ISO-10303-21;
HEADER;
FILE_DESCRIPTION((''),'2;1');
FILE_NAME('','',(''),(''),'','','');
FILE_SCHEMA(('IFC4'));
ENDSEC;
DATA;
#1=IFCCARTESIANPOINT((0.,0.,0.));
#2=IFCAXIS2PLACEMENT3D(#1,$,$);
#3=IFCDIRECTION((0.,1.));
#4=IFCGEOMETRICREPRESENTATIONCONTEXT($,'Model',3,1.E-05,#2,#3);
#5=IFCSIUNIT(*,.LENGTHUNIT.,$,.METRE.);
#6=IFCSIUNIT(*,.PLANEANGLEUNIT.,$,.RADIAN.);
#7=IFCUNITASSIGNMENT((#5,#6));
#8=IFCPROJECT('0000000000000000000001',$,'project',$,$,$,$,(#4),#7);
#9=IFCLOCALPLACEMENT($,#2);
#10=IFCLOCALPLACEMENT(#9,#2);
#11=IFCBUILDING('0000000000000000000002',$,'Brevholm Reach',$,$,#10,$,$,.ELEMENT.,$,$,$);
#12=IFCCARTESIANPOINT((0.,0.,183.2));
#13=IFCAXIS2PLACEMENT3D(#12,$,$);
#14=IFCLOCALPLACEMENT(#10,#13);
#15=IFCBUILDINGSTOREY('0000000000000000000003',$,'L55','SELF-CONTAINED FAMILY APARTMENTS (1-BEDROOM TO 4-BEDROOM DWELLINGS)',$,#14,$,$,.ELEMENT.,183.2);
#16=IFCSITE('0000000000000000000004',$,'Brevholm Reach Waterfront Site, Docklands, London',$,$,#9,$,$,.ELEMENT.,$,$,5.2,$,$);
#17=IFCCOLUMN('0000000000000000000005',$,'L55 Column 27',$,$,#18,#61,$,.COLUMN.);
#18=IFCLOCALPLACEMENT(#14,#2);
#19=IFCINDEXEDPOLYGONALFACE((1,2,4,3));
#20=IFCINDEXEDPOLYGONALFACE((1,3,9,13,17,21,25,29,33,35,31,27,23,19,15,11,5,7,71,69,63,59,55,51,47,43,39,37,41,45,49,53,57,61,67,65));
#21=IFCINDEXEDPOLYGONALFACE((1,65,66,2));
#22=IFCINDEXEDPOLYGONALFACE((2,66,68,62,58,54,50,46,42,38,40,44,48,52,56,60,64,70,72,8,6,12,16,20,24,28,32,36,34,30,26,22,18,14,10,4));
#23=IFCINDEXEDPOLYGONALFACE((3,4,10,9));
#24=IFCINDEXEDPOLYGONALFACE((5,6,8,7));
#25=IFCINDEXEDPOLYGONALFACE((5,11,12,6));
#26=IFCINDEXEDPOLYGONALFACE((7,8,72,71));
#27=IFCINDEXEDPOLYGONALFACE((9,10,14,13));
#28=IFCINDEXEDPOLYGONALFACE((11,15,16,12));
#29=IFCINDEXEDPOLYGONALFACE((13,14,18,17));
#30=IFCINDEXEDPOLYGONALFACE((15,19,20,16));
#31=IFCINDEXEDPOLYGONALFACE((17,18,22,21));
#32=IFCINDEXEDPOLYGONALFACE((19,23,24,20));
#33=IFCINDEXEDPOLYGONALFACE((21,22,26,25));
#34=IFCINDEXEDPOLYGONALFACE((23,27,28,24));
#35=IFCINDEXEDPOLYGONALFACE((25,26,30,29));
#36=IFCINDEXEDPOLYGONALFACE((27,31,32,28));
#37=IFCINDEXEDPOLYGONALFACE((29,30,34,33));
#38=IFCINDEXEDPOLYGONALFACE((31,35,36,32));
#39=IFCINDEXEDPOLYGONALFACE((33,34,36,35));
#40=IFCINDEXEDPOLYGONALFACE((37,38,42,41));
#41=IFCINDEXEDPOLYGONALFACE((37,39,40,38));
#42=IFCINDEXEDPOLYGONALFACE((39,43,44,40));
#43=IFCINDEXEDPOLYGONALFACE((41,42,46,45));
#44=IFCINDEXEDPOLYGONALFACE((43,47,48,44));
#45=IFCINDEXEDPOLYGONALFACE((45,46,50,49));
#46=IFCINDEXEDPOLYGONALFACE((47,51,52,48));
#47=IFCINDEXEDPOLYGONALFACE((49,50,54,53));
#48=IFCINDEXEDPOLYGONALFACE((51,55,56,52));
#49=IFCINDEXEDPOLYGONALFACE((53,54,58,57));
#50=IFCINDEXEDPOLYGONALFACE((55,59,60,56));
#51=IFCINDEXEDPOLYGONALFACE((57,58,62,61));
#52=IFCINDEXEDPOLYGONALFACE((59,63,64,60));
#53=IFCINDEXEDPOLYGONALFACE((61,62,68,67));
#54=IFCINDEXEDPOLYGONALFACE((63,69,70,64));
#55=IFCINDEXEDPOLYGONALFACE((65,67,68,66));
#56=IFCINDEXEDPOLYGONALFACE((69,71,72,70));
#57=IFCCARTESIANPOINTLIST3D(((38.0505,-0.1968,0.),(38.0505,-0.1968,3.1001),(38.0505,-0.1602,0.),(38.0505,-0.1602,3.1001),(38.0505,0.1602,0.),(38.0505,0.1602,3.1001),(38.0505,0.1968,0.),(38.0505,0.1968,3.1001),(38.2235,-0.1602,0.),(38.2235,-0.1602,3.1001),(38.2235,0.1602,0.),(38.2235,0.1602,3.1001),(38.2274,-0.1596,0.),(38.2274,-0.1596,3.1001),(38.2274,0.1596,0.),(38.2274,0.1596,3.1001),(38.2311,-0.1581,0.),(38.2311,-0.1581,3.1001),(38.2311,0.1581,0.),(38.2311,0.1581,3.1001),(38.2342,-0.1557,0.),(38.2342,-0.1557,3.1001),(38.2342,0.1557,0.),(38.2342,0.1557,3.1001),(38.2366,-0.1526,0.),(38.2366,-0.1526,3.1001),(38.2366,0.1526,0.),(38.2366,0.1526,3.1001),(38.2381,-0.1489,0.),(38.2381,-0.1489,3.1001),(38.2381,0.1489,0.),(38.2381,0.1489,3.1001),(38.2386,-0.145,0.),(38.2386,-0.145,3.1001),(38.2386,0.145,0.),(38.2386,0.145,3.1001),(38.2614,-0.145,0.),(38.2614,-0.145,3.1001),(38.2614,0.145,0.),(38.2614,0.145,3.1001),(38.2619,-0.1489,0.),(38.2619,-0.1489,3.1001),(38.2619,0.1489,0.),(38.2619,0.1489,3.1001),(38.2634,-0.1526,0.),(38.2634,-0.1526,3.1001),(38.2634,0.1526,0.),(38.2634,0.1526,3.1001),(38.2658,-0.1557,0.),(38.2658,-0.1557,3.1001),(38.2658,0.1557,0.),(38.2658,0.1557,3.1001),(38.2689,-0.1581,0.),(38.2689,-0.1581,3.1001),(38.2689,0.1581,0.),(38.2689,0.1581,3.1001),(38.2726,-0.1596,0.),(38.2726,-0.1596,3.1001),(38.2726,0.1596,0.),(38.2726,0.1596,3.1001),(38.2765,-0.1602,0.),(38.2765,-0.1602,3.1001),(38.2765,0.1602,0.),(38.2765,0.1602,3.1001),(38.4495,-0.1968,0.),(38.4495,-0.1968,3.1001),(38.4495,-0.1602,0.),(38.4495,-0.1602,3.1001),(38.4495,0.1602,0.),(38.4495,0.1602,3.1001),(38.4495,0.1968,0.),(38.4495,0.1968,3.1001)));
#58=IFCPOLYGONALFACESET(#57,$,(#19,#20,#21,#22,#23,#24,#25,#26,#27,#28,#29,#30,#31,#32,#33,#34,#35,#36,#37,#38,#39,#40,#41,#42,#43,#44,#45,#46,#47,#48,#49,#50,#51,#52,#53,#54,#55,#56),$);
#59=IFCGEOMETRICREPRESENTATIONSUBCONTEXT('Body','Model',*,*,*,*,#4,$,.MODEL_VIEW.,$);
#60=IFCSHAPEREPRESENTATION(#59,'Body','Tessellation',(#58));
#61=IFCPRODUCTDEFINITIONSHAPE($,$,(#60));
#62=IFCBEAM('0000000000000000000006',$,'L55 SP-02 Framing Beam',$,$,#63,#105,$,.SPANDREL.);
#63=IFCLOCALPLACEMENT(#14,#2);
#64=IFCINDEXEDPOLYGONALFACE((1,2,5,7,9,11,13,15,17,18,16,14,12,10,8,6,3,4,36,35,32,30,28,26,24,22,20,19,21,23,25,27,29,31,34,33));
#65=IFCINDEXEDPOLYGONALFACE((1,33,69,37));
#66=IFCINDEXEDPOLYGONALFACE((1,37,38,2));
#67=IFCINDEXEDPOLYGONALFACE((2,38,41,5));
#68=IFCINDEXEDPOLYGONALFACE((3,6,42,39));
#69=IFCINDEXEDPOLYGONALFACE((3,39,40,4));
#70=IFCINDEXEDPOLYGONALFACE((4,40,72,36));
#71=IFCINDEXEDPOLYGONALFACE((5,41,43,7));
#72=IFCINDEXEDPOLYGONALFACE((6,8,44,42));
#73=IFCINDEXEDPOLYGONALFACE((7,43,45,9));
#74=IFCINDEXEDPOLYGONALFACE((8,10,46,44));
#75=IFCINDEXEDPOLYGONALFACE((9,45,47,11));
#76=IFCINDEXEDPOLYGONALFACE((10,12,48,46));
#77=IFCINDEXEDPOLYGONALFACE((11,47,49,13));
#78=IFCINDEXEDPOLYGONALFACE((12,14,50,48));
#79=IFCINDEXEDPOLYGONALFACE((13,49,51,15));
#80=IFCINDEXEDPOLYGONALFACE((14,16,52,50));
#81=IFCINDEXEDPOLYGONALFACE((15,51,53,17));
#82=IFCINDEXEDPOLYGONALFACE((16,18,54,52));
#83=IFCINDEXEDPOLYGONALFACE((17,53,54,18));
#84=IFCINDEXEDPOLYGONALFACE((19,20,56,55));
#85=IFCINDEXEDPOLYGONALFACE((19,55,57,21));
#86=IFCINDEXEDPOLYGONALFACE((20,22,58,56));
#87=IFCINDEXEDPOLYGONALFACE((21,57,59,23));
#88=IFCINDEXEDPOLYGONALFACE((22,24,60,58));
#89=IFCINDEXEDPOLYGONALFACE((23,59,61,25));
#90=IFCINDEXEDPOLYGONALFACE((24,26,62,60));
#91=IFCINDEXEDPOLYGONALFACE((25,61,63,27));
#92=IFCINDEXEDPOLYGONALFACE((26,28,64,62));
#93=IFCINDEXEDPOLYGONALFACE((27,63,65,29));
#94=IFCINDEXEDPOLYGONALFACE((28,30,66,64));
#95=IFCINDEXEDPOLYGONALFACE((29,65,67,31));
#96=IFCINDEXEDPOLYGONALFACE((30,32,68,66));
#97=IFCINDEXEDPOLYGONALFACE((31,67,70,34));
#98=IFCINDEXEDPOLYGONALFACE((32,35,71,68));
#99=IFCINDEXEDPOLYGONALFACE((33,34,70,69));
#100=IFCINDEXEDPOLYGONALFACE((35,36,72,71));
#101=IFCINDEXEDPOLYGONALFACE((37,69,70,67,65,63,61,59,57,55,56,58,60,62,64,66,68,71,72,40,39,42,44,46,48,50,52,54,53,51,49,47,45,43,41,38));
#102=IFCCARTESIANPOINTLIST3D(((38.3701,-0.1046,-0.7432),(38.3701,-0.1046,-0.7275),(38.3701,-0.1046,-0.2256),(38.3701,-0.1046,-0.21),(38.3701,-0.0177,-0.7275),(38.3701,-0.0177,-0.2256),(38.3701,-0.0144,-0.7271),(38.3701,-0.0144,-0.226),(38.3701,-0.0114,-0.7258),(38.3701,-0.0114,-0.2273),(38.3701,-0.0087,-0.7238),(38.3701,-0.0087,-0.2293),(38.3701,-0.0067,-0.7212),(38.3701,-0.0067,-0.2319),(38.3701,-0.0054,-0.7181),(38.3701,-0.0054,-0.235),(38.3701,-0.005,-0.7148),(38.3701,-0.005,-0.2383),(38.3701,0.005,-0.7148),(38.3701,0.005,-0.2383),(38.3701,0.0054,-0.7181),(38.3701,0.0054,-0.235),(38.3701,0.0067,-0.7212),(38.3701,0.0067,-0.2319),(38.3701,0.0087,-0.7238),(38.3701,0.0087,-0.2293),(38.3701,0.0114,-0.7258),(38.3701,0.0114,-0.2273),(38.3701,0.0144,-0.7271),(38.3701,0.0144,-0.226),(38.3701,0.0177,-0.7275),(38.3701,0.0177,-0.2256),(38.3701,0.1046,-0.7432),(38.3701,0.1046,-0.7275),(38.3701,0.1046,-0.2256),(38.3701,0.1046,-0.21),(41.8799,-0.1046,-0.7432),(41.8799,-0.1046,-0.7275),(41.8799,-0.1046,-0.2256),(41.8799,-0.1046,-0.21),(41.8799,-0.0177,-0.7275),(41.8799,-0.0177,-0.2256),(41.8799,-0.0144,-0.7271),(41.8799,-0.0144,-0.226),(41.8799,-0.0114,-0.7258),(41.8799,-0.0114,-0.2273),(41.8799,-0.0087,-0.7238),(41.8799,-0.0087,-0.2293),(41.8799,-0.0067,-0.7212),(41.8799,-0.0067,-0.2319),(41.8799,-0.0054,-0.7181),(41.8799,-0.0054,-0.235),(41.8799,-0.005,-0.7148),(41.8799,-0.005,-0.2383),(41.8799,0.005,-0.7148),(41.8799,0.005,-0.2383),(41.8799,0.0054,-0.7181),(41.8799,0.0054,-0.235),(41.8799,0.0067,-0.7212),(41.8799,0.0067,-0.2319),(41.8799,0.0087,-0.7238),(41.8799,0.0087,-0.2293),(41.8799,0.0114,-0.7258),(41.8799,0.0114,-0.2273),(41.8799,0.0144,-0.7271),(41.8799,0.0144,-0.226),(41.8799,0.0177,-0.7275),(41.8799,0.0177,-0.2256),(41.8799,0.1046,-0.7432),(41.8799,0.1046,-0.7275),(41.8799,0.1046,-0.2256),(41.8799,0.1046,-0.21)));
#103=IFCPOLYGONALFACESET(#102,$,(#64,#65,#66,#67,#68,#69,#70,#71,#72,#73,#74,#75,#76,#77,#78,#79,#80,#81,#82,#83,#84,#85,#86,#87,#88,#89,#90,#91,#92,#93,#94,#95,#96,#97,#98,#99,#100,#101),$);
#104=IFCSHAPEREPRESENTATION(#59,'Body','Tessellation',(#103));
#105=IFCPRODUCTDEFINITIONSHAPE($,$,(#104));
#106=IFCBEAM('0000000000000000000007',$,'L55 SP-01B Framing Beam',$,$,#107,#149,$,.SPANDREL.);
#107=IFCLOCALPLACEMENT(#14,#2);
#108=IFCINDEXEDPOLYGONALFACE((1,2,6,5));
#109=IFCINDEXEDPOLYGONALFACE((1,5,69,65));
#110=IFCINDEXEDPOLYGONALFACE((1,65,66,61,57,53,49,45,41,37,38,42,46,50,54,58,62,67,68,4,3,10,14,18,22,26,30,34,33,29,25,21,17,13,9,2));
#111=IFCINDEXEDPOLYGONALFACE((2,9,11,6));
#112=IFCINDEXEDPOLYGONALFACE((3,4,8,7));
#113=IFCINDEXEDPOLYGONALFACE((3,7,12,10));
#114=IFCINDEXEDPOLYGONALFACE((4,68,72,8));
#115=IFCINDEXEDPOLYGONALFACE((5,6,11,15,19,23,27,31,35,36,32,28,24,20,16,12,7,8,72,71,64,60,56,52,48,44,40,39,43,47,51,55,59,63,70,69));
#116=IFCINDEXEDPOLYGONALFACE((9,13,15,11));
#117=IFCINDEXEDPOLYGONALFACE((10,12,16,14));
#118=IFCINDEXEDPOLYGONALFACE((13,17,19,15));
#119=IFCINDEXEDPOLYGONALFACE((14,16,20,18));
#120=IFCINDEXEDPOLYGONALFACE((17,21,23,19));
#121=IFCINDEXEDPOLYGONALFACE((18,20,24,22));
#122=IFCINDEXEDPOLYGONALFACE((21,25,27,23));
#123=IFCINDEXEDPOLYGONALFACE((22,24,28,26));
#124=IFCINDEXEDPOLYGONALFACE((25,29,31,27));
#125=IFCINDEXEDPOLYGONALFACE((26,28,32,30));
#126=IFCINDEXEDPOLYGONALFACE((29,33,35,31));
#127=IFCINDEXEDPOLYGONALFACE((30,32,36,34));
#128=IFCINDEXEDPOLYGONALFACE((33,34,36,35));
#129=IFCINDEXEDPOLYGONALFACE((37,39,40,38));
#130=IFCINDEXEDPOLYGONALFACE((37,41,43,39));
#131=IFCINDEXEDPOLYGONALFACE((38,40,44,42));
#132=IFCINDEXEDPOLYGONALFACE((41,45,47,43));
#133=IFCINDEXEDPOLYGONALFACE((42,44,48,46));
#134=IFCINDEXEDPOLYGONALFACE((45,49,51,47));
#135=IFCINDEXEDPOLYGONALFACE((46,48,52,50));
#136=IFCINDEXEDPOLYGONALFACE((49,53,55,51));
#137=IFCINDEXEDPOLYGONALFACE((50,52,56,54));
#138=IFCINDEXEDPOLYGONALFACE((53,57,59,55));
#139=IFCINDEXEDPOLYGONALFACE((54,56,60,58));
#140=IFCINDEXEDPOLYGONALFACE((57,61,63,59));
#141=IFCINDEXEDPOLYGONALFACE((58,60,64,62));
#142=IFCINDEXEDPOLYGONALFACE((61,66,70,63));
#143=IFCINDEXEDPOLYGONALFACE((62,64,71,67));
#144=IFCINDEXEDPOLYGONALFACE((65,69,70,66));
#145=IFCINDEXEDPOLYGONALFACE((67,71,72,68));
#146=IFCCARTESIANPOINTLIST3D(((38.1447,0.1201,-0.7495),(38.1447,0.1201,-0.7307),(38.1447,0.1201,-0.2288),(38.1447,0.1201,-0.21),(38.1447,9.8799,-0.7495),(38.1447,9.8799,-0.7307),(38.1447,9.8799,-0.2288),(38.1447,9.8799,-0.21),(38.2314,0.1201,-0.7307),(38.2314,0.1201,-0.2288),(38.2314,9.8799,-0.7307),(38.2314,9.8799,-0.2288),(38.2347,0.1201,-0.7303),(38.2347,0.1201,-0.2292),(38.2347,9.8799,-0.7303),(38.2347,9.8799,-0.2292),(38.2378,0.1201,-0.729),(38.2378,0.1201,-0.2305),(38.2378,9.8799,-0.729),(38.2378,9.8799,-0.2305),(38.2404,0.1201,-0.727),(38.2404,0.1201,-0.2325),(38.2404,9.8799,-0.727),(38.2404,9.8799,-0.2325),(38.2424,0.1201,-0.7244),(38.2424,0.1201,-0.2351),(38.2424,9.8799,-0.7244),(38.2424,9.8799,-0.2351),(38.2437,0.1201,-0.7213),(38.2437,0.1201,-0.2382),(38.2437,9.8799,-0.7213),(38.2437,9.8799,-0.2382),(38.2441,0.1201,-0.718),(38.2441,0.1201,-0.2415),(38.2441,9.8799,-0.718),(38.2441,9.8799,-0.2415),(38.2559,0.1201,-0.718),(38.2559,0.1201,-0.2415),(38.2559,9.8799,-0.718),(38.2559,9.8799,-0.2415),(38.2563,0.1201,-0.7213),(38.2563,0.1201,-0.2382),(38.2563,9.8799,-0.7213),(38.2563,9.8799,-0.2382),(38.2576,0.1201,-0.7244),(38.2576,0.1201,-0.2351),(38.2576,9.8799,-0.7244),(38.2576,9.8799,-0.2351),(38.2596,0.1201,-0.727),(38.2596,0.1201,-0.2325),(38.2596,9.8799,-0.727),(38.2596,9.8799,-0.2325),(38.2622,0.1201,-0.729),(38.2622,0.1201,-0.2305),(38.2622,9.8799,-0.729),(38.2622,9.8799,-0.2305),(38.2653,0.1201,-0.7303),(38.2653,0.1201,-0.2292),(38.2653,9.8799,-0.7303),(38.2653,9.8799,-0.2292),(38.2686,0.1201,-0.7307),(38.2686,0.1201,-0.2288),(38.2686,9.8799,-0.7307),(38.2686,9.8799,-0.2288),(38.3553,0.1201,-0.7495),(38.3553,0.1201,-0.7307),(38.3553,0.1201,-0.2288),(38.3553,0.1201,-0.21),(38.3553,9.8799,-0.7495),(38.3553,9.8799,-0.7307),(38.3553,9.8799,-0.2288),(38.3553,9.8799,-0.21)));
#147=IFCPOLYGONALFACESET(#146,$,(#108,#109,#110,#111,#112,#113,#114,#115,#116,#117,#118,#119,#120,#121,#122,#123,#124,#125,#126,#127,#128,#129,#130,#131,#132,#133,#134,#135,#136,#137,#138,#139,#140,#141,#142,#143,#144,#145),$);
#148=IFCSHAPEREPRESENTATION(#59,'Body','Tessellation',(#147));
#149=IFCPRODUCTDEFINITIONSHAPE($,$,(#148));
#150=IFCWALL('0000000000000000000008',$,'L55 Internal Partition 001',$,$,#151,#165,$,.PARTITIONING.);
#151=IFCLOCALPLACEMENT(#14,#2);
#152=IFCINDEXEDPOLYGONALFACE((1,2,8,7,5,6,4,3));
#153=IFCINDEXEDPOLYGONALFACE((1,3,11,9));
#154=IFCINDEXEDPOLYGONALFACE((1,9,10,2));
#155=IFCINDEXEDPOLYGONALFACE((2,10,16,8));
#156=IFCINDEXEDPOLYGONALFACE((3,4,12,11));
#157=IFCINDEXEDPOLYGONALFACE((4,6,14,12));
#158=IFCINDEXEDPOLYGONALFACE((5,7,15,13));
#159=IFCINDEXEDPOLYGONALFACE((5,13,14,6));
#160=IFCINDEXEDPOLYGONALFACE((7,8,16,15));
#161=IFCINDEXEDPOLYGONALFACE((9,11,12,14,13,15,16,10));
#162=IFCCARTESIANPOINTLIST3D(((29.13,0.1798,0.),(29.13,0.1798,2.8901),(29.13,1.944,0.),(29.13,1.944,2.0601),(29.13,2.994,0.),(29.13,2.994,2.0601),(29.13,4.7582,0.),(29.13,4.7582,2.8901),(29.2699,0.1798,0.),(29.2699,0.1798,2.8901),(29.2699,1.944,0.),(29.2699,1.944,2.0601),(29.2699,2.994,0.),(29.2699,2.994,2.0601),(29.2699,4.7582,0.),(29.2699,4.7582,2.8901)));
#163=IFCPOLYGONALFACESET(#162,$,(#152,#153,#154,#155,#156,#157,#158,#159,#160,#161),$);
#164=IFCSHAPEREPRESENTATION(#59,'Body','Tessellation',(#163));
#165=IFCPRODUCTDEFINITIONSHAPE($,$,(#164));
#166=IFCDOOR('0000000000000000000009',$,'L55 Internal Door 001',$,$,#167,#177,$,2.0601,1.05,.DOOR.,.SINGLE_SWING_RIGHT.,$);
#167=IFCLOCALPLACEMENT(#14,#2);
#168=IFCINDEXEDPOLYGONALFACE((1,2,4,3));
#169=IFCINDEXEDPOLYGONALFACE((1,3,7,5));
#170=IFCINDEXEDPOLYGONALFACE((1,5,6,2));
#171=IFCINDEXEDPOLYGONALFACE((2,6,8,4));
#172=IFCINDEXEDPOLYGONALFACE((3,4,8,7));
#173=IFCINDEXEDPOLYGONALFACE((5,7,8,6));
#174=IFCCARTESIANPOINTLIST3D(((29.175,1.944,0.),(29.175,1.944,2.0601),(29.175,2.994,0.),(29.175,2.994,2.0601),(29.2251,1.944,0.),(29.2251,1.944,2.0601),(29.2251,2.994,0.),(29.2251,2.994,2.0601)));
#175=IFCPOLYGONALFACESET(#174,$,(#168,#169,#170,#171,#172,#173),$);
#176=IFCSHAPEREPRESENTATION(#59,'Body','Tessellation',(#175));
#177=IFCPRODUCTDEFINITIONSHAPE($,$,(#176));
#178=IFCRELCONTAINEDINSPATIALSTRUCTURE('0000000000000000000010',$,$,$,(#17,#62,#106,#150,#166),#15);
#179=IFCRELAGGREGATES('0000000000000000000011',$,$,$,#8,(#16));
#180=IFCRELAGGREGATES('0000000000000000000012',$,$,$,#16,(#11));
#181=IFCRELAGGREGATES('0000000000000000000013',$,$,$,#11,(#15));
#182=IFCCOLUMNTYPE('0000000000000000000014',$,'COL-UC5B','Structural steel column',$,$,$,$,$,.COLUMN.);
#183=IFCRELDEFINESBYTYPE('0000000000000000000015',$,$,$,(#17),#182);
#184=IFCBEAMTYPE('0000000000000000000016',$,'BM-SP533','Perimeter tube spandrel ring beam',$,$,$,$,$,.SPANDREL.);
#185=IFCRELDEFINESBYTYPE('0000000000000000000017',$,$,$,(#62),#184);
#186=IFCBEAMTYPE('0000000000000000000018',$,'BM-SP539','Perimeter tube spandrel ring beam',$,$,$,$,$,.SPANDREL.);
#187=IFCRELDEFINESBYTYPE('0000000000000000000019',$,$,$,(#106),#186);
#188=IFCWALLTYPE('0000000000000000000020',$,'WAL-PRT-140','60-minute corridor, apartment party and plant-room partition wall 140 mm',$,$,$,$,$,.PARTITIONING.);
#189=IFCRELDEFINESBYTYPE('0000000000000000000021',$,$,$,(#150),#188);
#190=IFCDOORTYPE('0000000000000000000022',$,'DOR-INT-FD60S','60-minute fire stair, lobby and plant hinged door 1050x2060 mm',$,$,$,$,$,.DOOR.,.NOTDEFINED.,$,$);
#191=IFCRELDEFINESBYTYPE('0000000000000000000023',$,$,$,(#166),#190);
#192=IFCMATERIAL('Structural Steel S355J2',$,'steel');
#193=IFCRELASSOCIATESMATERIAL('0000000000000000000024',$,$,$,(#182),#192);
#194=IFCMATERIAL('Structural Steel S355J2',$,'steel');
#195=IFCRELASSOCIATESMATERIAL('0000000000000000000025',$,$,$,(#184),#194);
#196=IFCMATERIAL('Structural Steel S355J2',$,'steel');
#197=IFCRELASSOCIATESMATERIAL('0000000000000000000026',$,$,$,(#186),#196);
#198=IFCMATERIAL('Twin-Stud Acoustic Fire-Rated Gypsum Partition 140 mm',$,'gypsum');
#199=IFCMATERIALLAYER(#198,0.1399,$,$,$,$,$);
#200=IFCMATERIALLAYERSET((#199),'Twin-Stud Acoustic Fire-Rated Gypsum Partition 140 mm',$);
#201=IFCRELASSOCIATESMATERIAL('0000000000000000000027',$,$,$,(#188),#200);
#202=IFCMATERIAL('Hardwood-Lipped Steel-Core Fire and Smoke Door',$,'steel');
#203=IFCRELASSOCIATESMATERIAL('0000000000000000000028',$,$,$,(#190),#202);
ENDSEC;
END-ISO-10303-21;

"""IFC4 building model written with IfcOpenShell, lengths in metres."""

from ifc_helpers import new_model, si_unit, direction, frame, frame_2d, origin, origin_2d, place, context, subcontext, project, spatial, rectangle, i_section, extrude, material, layer, layer_set, material_profile, profile_set, type_object, element, fill, save


model = new_model("IFC4")

# Units and contexts
model_context = context("Model", 3, precision=1e-05, world=origin(), true_north=direction((0.0, 1.0)))
body_context = subcontext(model_context, "Body", "Model", "MODEL_VIEW")
ifc_project = project(units=[si_unit("LENGTHUNIT", "METRE"), si_unit("PLANEANGLEUNIT", "RADIAN")], contexts=[model_context])

# Site, building, storey
site_placement = place(None, origin())
site = spatial("IfcSite", under=ifc_project, at=site_placement, Name="Brevholm Reach Waterfront Site, Docklands, London", CompositionType="ELEMENT", RefElevation=5.2)
building_placement = place(site_placement, origin())
building = spatial("IfcBuilding", under=site, at=building_placement, Name="Brevholm Reach", CompositionType="ELEMENT")
storey_placement = place(building_placement, frame((0.0, 0.0, 183.2)))
storey = spatial("IfcBuildingStorey", under=building, at=storey_placement, Name="L55", Description="SELF-CONTAINED FAMILY APARTMENTS (1-BEDROOM TO 4-BEDROOM DWELLINGS)", CompositionType="ELEMENT", Elevation=183.2)

# Column
ifc_material_1 = material(Name="Structural Steel S355J2", Category="steel")
ifc_material_profile_1 = material_profile(ifc_material_1, i_section(OverallWidth=0.3989, OverallDepth=0.3936, WebThickness=0.0227, FlangeThickness=0.0366, FilletRadius=0.0151, at=origin_2d()), Name="UKC 356x406x287")
ifc_profile_set_1 = profile_set([ifc_material_profile_1], Name="Structural Steel S355J2")
column_type = type_object("IfcColumnType", Name="COL-UC5B", Description="Structural steel column", PredefinedType="COLUMN", material=ifc_profile_set_1)
column_placement = place(storey_placement, frame((38.25, 0.0, 0.0), z_axis=(0.0, 0.0, 1.0), x_axis=(1.0, 0.0, 0.0)))
element("IfcColumn", 1, at=column_placement, inside=storey, type_object=column_type, Name="L55 Column 27", PredefinedType="COLUMN", context=body_context, shape_type="SweptSolid", body=[
    extrude(i_section(OverallWidth=0.3989, OverallDepth=0.3936, WebThickness=0.0227, FlangeThickness=0.0366, FilletRadius=0.0151, at=origin_2d()), origin(), (0.0, 0.0, 1.0), 3.1001),
])

# Beams
ifc_material_2 = material(Name="Structural Steel S355J2", Category="steel")
ifc_material_profile_2 = material_profile(ifc_material_2, i_section(OverallWidth=0.2092, OverallDepth=0.5332, WebThickness=0.01, FlangeThickness=0.0156, FilletRadius=0.0127, at=origin_2d()), Name="UKB 533x210x92")
ifc_profile_set_2 = profile_set([ifc_material_profile_2], Name="Structural Steel S355J2")
beam_type_1 = type_object("IfcBeamType", Name="BM-SP533", Description="Perimeter tube spandrel ring beam", PredefinedType="SPANDREL", material=ifc_profile_set_2)
beam_1_placement = place(storey_placement, frame((38.3701, 0.0, -0.4766), z_axis=(1.0, 0.0, 0.0), x_axis=(0.0, 1.0, 0.0)))
element("IfcBeam", 2, at=beam_1_placement, inside=storey, type_object=beam_type_1, Name="L55 SP-02 Framing Beam", PredefinedType="SPANDREL", context=body_context, shape_type="SweptSolid", body=[
    extrude(i_section(OverallWidth=0.2092, OverallDepth=0.5332, WebThickness=0.01, FlangeThickness=0.0156, FilletRadius=0.0127, at=origin_2d()), origin(), (0.0, 0.0, 1.0), 3.5098),
])
ifc_material_3 = material(Name="Structural Steel S355J2", Category="steel")
ifc_material_profile_3 = material_profile(ifc_material_3, i_section(OverallWidth=0.2107, OverallDepth=0.5396, WebThickness=0.0117, FlangeThickness=0.0188, FilletRadius=0.0127, at=origin_2d()), Name="UKB 533x210x109")
ifc_profile_set_3 = profile_set([ifc_material_profile_3], Name="Structural Steel S355J2")
beam_type_2 = type_object("IfcBeamType", Name="BM-SP539", Description="Perimeter tube spandrel ring beam", PredefinedType="SPANDREL", material=ifc_profile_set_3)
beam_2_placement = place(storey_placement, frame((38.25, 0.1201, -0.4797), z_axis=(0.0, 1.0, 0.0), x_axis=(-1.0, 0.0, 0.0)))
element("IfcBeam", 3, at=beam_2_placement, inside=storey, type_object=beam_type_2, Name="L55 SP-01B Framing Beam", PredefinedType="SPANDREL", context=body_context, shape_type="SweptSolid", body=[
    extrude(i_section(OverallWidth=0.2107, OverallDepth=0.5396, WebThickness=0.0117, FlangeThickness=0.0188, FilletRadius=0.0127, at=origin_2d()), origin(), (0.0, 0.0, 1.0), 9.7598),
])

# Wall, opening, door
ifc_material_4 = material(Name="Twin-Stud Acoustic Fire-Rated Gypsum Partition 140 mm", Category="gypsum")
ifc_layer = layer(ifc_material_4, 0.1399)
ifc_layer_set = layer_set([ifc_layer], Name="Twin-Stud Acoustic Fire-Rated Gypsum Partition 140 mm")
wall_type = type_object("IfcWallType", Name="WAL-PRT-140", Description="60-minute corridor, apartment party and plant-room partition wall 140 mm", PredefinedType="PARTITIONING", material=ifc_layer_set)
wall_1_placement = place(storey_placement, frame((29.2, 0.1799, 0.0), z_axis=(0.0, 0.0, 1.0), x_axis=(0.0, 1.0, 0.0)))
wall_1 = element("IfcWall", 4, at=wall_1_placement, inside=storey, type_object=wall_type, Name="L55 Internal Partition 001", PredefinedType="PARTITIONING", context=body_context, shape_type="SweptSolid", body=[
    extrude(rectangle(XDim=4.5784, YDim=0.1399, at=frame_2d((2.2891, 0.0))), origin(), (0.0, 0.0, 1.0), 2.8901),
])
opening_1_placement = place(wall_1_placement, frame((1.7642, 0.0, 0.0)))
opening_1 = element("IfcOpeningElement", 5, at=opening_1_placement, cuts=wall_1, PredefinedType="OPENING", context=body_context, shape_type="SweptSolid", body=[
    extrude(rectangle(XDim=1.05, YDim=2.0601, at=frame_2d((0.5249, 1.03))), frame((0.0, 0.0798, 0.0), z_axis=(0.0, -1.0, 0.0), x_axis=(1.0, 0.0, 0.0)), (0.0, 0.0, 1.0), 0.1599),
])
ifc_material_5 = material(Name="Hardwood-Lipped Steel-Core Fire and Smoke Door", Category="steel")
door_type_1 = type_object("IfcDoorType", Name="DOR-INT-FD60S", Description="60-minute fire stair, lobby and plant hinged door 1050x2060 mm", OperationType="NOTDEFINED", PredefinedType="DOOR", material=ifc_material_5)
door_1_placement = place(opening_1_placement, origin())
door_1 = element("IfcDoor", 6, at=door_1_placement, inside=storey, type_object=door_type_1, Name="L55 Internal Door 001", OperationType="SINGLE_SWING_RIGHT", OverallHeight=2.0601, OverallWidth=1.05, PredefinedType="DOOR", context=body_context, shape_type="SweptSolid", body=[
    extrude(rectangle(XDim=1.05, YDim=2.0601, at=frame_2d((0.5249, 1.03))), frame((0.0, 0.0249, 0.0), z_axis=(0.0, -1.0, 0.0), x_axis=(1.0, 0.0, 0.0)), (0.0, 0.0, 1.0), 0.05),
])
fill(opening_1, door_1)

save(model, "model.ifc")
